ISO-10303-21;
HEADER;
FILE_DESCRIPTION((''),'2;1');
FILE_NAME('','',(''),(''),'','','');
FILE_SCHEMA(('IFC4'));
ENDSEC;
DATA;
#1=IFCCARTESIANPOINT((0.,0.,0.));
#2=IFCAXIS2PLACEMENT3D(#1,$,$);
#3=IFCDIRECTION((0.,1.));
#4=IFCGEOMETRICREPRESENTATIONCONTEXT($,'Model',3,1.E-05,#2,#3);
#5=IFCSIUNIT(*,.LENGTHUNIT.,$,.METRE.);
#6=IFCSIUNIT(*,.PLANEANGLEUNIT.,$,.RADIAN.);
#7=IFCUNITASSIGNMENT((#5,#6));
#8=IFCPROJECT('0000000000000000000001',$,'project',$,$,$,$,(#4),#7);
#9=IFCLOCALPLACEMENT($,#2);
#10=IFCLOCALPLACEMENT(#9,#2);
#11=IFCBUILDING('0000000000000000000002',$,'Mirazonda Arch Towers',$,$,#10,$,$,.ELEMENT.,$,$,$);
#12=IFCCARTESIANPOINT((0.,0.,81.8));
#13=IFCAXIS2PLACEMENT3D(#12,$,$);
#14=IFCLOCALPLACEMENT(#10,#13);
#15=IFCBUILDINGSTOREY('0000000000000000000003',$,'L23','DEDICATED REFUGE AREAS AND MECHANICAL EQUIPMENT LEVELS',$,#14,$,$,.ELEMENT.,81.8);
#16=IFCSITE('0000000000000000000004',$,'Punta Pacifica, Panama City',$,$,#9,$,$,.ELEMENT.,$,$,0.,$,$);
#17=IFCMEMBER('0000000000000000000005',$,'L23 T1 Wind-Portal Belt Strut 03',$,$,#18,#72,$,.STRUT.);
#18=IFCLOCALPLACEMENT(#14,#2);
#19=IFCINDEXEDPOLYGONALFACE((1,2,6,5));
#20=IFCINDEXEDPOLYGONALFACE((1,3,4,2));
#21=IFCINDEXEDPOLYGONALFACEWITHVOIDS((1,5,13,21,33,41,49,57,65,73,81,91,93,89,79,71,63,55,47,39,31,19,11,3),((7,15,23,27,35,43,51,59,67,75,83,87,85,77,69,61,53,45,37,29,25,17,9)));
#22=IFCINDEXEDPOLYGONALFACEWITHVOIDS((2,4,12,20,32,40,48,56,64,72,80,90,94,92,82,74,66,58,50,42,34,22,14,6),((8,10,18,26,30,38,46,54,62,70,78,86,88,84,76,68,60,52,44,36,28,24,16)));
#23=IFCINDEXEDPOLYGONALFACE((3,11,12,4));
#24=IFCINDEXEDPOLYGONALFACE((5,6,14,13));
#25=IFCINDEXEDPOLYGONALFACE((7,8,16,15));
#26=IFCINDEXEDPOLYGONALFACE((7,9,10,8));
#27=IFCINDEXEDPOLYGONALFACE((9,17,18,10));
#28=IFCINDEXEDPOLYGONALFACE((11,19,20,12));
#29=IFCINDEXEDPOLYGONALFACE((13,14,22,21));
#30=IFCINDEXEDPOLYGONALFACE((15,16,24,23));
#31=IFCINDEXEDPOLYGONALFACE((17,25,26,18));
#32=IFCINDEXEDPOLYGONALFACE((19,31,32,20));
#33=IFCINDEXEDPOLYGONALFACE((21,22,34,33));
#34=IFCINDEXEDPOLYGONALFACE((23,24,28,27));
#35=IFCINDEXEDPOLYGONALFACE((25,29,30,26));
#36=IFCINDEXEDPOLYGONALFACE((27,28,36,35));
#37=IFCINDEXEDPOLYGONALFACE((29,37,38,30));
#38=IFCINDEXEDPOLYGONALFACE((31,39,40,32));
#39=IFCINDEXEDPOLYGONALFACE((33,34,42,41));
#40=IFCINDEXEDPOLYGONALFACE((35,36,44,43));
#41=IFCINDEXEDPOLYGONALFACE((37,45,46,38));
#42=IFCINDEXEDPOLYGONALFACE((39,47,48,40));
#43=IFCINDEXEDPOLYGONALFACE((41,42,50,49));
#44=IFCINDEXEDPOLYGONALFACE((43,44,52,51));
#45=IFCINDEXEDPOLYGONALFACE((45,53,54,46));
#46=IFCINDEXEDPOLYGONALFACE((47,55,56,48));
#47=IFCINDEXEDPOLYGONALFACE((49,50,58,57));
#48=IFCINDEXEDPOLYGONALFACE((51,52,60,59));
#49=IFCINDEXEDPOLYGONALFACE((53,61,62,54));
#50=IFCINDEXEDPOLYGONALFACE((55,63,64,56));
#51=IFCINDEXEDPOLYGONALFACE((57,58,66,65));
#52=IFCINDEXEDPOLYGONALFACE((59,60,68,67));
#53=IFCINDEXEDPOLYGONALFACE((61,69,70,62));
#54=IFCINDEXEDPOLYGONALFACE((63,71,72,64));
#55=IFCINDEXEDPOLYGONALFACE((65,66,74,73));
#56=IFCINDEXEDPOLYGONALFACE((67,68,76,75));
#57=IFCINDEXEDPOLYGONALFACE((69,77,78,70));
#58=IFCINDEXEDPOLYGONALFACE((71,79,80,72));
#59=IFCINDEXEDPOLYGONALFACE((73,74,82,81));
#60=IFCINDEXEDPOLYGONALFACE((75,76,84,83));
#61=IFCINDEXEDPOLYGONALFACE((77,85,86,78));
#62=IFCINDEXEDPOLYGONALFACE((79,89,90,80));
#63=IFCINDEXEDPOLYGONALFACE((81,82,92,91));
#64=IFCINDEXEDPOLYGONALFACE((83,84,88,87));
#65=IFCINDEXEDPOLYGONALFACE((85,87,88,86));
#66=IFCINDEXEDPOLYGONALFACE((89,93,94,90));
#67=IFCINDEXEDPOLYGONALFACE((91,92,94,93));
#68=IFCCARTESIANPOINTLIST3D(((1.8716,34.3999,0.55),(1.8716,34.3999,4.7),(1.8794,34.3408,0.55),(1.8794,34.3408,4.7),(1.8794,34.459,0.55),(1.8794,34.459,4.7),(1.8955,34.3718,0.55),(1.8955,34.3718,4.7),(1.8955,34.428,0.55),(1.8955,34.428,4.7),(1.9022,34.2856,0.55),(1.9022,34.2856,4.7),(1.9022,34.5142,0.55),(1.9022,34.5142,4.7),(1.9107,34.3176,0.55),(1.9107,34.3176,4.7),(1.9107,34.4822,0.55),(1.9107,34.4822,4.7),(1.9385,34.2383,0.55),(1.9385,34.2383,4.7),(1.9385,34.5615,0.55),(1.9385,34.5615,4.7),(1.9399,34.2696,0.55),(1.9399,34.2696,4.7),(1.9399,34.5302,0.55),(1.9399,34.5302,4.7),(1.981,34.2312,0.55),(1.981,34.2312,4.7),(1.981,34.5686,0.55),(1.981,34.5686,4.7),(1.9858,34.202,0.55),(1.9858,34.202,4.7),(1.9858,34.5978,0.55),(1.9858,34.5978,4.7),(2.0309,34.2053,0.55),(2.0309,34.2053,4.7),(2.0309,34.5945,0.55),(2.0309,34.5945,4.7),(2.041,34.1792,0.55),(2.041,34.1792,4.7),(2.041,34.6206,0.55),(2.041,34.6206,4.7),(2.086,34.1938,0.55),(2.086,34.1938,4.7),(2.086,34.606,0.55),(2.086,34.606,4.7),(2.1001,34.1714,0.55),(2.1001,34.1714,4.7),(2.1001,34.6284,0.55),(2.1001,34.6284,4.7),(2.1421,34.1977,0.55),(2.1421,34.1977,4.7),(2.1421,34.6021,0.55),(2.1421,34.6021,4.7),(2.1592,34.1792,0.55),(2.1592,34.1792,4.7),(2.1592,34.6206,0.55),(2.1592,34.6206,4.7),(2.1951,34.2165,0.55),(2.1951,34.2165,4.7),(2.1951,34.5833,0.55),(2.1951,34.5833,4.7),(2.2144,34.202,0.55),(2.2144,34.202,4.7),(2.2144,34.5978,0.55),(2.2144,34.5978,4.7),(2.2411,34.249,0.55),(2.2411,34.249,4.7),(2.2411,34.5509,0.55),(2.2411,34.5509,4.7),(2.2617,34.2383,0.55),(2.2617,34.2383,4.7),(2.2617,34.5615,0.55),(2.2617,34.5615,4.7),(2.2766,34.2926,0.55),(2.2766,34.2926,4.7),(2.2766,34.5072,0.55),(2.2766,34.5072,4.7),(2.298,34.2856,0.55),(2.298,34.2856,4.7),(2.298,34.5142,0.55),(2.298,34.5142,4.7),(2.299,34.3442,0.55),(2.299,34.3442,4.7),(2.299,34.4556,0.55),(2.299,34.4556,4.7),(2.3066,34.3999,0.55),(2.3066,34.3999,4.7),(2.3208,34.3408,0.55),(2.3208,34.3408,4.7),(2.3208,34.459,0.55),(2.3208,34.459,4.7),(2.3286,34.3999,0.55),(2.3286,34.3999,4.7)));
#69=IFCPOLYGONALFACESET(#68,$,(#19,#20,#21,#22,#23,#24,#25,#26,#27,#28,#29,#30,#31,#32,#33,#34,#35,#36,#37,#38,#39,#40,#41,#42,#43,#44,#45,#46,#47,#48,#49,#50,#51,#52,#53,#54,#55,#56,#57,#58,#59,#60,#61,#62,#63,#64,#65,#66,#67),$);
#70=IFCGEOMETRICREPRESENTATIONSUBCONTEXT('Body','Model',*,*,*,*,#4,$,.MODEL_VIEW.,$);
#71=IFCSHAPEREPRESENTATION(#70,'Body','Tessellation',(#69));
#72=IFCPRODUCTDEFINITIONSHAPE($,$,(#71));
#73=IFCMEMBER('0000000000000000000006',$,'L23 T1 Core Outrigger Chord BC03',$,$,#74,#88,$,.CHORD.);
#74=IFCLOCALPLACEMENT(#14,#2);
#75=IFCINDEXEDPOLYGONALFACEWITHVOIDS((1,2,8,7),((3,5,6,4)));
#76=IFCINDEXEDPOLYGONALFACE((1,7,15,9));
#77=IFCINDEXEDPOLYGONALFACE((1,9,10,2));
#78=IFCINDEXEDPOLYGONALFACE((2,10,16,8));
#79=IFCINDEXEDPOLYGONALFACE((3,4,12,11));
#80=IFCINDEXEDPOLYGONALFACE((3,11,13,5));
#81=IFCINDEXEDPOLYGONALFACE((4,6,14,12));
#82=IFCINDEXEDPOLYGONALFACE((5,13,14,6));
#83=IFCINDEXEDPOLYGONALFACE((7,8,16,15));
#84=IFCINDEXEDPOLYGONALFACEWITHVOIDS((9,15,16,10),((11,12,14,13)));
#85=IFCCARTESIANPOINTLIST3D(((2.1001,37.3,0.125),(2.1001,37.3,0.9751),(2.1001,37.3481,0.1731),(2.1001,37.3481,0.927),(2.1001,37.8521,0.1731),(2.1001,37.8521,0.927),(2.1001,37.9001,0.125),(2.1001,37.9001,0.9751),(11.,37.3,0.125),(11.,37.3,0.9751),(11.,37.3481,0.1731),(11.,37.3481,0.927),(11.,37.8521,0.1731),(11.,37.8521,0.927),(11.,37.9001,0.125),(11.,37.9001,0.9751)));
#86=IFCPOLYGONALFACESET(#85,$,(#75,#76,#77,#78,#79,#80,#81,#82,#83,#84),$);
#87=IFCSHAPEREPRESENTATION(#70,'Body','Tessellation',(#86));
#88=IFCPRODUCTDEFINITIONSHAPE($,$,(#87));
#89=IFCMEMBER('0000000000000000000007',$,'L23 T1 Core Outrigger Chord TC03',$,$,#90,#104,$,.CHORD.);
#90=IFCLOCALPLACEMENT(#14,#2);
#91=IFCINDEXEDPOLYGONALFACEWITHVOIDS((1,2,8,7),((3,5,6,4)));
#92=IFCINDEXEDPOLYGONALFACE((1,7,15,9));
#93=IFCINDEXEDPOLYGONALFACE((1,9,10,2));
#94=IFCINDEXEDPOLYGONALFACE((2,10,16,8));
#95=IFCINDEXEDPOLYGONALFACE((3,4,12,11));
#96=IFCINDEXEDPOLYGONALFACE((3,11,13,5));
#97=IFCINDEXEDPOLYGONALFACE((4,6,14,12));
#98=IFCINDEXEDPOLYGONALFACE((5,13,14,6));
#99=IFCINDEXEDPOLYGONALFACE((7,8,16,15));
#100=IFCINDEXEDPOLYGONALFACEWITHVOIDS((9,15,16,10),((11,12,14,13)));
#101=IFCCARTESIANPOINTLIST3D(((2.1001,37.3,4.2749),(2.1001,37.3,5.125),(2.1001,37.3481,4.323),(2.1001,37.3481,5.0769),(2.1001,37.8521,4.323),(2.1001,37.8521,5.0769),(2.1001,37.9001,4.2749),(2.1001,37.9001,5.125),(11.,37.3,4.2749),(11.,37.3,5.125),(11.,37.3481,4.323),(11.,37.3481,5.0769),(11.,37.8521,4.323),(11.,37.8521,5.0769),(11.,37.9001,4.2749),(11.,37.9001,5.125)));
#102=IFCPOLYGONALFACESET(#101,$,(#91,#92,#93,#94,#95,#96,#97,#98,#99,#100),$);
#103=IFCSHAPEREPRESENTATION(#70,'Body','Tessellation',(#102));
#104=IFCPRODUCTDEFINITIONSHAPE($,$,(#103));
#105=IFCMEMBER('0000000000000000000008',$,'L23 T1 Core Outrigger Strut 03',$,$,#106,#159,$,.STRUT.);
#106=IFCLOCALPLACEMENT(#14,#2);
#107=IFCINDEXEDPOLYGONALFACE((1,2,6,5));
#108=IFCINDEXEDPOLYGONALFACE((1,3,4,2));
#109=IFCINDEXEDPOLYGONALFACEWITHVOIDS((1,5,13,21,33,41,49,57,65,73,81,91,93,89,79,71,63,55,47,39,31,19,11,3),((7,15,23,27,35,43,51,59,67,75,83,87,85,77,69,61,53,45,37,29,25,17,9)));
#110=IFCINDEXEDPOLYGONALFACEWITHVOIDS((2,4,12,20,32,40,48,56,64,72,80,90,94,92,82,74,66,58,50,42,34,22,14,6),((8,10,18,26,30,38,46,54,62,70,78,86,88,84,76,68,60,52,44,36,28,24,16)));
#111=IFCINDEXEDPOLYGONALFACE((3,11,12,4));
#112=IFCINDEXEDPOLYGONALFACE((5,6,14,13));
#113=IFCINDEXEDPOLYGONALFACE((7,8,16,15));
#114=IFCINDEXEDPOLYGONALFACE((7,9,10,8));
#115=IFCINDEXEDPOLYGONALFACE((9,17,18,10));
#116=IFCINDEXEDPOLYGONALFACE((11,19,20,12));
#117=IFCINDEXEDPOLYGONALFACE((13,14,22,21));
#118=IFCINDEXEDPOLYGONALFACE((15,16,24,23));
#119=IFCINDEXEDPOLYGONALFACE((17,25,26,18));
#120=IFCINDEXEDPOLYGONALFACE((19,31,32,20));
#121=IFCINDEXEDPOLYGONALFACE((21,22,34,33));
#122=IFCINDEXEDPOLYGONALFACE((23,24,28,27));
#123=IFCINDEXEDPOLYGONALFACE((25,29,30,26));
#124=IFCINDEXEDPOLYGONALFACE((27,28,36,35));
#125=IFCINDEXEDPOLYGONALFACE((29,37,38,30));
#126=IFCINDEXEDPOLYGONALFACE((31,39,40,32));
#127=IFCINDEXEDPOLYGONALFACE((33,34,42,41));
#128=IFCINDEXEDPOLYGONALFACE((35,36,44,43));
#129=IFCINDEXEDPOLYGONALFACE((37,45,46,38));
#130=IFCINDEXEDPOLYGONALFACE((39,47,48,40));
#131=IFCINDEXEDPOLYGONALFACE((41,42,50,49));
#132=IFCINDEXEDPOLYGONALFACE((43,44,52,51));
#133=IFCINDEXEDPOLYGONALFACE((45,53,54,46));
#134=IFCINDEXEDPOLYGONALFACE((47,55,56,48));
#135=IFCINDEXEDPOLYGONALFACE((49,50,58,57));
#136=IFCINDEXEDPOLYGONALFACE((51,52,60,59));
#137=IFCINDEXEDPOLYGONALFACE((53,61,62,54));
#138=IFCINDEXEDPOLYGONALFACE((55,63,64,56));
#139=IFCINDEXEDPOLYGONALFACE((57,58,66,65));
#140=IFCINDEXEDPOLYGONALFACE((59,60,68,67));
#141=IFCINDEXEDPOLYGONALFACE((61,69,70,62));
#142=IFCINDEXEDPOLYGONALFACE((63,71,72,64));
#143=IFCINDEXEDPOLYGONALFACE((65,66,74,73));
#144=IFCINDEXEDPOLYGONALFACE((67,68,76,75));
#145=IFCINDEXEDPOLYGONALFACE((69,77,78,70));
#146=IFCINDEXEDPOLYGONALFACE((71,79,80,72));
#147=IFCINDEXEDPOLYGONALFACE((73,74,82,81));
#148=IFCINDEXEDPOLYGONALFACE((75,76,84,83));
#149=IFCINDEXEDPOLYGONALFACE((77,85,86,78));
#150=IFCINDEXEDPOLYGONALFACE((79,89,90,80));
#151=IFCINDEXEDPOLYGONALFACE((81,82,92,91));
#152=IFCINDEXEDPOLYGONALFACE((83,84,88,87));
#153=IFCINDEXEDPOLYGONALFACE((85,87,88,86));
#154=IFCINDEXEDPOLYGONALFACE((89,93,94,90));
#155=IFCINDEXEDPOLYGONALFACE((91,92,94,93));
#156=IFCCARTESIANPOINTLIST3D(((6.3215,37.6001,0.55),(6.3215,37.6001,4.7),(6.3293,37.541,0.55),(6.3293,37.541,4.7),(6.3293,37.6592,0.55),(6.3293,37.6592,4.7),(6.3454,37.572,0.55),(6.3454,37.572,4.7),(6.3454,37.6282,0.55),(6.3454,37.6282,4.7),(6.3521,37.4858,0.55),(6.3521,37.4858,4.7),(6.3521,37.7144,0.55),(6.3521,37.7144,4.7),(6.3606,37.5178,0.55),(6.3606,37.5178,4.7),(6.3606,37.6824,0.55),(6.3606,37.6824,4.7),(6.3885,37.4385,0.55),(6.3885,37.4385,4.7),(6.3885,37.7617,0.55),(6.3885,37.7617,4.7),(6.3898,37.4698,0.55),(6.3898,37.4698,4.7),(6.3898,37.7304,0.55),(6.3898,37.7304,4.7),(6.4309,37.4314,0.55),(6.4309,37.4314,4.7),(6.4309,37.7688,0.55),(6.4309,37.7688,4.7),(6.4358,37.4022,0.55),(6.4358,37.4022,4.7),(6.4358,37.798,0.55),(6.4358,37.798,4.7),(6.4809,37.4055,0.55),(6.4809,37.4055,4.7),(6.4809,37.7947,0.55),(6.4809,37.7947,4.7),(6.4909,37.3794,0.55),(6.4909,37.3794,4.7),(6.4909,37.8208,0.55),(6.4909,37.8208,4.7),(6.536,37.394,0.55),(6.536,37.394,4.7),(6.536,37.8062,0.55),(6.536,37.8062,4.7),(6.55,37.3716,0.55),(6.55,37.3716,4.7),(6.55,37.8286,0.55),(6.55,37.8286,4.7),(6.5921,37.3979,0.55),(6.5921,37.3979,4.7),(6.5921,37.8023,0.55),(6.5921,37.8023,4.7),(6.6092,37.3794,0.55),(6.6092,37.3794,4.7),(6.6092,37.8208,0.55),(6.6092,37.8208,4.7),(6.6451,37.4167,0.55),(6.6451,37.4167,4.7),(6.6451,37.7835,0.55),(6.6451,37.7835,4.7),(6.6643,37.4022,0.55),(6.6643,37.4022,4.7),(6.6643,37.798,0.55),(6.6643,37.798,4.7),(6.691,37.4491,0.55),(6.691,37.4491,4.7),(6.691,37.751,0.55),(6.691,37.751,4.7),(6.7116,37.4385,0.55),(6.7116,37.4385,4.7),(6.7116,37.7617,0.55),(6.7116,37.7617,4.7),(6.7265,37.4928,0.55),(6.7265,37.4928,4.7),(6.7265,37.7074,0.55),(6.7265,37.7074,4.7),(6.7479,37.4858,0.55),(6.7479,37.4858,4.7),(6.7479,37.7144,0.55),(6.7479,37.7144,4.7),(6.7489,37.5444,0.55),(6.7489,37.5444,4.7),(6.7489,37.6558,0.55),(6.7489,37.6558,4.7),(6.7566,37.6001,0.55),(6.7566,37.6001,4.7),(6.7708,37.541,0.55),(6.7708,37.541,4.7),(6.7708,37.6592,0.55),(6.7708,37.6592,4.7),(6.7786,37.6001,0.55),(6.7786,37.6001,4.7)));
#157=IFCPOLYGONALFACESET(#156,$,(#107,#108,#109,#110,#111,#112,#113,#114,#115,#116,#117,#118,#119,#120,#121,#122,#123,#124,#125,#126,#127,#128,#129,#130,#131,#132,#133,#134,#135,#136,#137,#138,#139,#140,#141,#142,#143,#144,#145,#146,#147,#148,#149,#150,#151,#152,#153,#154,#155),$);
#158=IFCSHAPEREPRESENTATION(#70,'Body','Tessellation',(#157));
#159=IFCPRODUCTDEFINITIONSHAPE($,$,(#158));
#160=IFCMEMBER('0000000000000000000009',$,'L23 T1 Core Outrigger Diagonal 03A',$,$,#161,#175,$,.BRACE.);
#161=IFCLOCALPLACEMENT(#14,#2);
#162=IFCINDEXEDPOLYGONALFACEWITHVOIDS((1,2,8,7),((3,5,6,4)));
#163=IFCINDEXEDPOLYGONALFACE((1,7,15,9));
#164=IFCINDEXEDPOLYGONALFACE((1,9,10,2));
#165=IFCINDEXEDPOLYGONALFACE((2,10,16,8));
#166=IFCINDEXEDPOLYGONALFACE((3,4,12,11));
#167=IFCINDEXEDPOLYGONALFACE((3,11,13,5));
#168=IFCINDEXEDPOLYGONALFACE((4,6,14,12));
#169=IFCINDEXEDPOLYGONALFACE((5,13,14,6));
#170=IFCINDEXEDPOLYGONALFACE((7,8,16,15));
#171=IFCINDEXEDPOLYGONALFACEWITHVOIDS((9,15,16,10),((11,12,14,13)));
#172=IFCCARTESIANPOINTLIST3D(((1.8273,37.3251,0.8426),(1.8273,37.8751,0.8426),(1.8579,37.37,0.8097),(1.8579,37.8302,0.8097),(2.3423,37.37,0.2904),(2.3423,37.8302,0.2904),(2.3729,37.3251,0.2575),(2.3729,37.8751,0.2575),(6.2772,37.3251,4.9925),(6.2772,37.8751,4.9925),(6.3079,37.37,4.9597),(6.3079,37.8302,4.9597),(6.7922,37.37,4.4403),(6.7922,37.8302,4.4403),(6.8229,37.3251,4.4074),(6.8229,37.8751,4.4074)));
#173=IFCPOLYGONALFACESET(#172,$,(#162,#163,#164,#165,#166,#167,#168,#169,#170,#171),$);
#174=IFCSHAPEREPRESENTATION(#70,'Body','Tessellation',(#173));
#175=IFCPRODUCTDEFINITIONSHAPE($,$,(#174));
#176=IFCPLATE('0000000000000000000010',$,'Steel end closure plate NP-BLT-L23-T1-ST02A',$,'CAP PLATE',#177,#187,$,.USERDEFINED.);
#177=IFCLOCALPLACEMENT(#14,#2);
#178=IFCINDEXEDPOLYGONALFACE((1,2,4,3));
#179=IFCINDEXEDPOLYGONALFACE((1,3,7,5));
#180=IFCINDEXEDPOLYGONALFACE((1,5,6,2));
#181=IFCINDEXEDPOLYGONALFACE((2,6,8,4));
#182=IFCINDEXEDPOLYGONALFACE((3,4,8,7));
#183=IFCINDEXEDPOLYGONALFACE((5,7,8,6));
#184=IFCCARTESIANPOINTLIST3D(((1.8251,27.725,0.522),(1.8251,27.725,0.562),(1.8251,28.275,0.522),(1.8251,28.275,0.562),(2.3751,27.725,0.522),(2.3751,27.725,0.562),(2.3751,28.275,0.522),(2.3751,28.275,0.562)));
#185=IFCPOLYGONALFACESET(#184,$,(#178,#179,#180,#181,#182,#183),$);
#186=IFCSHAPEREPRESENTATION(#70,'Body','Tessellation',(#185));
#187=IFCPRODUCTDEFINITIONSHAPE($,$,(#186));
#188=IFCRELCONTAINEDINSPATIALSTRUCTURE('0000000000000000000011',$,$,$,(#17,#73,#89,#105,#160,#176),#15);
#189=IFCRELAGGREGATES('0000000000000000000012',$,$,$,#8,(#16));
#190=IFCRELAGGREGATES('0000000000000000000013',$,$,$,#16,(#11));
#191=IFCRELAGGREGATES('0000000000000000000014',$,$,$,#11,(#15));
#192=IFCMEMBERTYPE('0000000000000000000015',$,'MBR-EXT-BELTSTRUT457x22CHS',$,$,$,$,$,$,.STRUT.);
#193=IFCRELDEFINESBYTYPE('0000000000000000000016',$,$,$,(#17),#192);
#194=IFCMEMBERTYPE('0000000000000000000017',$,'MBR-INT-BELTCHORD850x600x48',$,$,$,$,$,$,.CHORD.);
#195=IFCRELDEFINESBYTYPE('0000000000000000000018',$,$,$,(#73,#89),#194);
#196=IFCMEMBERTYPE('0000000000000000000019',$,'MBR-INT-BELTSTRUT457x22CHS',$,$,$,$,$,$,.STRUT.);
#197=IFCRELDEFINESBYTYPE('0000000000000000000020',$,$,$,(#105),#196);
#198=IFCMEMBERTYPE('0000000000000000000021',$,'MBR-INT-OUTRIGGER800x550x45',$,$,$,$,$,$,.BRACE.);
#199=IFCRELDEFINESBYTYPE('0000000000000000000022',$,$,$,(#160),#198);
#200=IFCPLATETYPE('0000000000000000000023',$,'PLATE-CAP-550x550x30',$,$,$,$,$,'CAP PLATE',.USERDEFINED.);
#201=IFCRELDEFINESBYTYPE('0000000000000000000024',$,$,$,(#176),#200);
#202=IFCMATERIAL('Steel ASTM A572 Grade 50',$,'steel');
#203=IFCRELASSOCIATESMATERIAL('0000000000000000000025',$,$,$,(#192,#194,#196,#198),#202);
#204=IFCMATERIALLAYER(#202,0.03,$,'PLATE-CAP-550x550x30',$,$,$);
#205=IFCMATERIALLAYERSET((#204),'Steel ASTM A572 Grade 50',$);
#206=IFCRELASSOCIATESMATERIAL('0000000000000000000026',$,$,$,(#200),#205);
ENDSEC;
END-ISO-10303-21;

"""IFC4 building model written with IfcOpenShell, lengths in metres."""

from ifc_helpers import new_model, si_unit, direction, frame, origin, origin_2d, place, context, subcontext, project, spatial, rectangle, hollow_rectangle, hollow_circle, extrude, material, layer, layer_set, material_profile, profile_set, type_object, element, save


model = new_model("IFC4")

# Units and contexts
model_context = context("Model", 3, precision=1e-05, world=origin(), true_north=direction((0.0, 1.0)))
body_context = subcontext(model_context, "Body", "Model", "MODEL_VIEW")
ifc_project = project(units=[si_unit("LENGTHUNIT", "METRE"), si_unit("PLANEANGLEUNIT", "RADIAN")], contexts=[model_context])

# Site, building, storey
site_placement = place(None, origin())
site = spatial("IfcSite", under=ifc_project, at=site_placement, Name="Punta Pacifica, Panama City", CompositionType="ELEMENT", RefElevation=0.0)
building_placement = place(site_placement, origin())
building = spatial("IfcBuilding", under=site, at=building_placement, Name="Mirazonda Arch Towers", CompositionType="ELEMENT")
storey_placement = place(building_placement, frame((0.0, 0.0, 81.8)))
storey = spatial("IfcBuildingStorey", under=building, at=storey_placement, Name="L23", Description="DEDICATED REFUGE AREAS AND MECHANICAL EQUIPMENT LEVELS", CompositionType="ELEMENT", Elevation=81.8)

# Shared definitions
ifc_material_1 = material(Name="Steel ASTM A572 Grade 50", Category="steel")

# Members
ifc_material_profile_1 = material_profile(ifc_material_1, hollow_circle(Radius=0.2285, WallThickness=0.022, at=origin_2d()), Name="BELTSTRUT457x22CHS")
ifc_profile_set_1 = profile_set([ifc_material_profile_1], Name="Steel ASTM A572 Grade 50")
member_type_1 = type_object("IfcMemberType", Name="MBR-EXT-BELTSTRUT457x22CHS", PredefinedType="STRUT", material=ifc_profile_set_1)
for number, where, z_axis, x_axis, name in (
    (1, (2.1001, 34.3999, 0.55), (0.0, 0.0, 1.0), (1.0, 0.0, 0.0), "L23 T1 Wind-Portal Belt Strut 03"),
):
    element("IfcMember", number, at=place(storey_placement, frame(where, z_axis=z_axis, x_axis=x_axis)), inside=storey, type_object=member_type_1, Name=name, PredefinedType="STRUT", context=body_context, shape_type="SweptSolid", body=[
        extrude(hollow_circle(Radius=0.2285, WallThickness=0.022, at=origin_2d()), origin(), (0.0, 0.0, 1.0), 4.1499),
    ])
ifc_material_profile_2 = material_profile(ifc_material_1, hollow_rectangle(XDim=0.6001, YDim=0.8501, WallThickness=0.0481, at=origin_2d()), Name="BELTCHORD850x600x48")
ifc_profile_set_2 = profile_set([ifc_material_profile_2], Name="Steel ASTM A572 Grade 50")
member_type_2 = type_object("IfcMemberType", Name="MBR-INT-BELTCHORD850x600x48", PredefinedType="CHORD", material=ifc_profile_set_2)
for number, where, z_axis, x_axis, name in (
    (2, (2.1001, 37.6001, 0.55), (1.0, 0.0, 0.0), (0.0, 1.0, 0.0), "L23 T1 Core Outrigger Chord BC03"),
    (3, (2.1001, 37.6001, 4.7), (1.0, 0.0, 0.0), (0.0, 1.0, 0.0), "L23 T1 Core Outrigger Chord TC03"),
):
    element("IfcMember", number, at=place(storey_placement, frame(where, z_axis=z_axis, x_axis=x_axis)), inside=storey, type_object=member_type_2, Name=name, PredefinedType="CHORD", context=body_context, shape_type="SweptSolid", body=[
        extrude(hollow_rectangle(XDim=0.6001, YDim=0.8501, WallThickness=0.0481, at=origin_2d()), origin(), (0.0, 0.0, 1.0), 8.8999),
    ])
ifc_material_profile_3 = material_profile(ifc_material_1, hollow_circle(Radius=0.2285, WallThickness=0.022, at=origin_2d()), Name="BELTSTRUT457x22CHS")
ifc_profile_set_3 = profile_set([ifc_material_profile_3], Name="Steel ASTM A572 Grade 50")
member_type_3 = type_object("IfcMemberType", Name="MBR-INT-BELTSTRUT457x22CHS", PredefinedType="STRUT", material=ifc_profile_set_3)
member_1_placement = place(storey_placement, frame((6.55, 37.6001, 0.55), z_axis=(0.0, 0.0, 1.0), x_axis=(1.0, 0.0, 0.0)))
element("IfcMember", 4, at=member_1_placement, inside=storey, type_object=member_type_3, Name="L23 T1 Core Outrigger Strut 03", PredefinedType="STRUT", context=body_context, shape_type="SweptSolid", body=[
    extrude(hollow_circle(Radius=0.2285, WallThickness=0.022, at=origin_2d()), origin(), (0.0, 0.0, 1.0), 4.1499),
])
ifc_material_profile_4 = material_profile(ifc_material_1, hollow_rectangle(XDim=0.55, YDim=0.8, WallThickness=0.0449, at=origin_2d()), Name="OUTRIGGER800x550x45")
ifc_profile_set_4 = profile_set([ifc_material_profile_4], Name="Steel ASTM A572 Grade 50")
member_type_4 = type_object("IfcMemberType", Name="MBR-INT-OUTRIGGER800x550x45", PredefinedType="BRACE", material=ifc_profile_set_4)
member_2_placement = place(storey_placement, frame((2.1001, 37.6001, 0.55), z_axis=(0.731333, 0.0, 0.682021), x_axis=(0.0, 1.0, 0.0)))
element("IfcMember", 5, at=member_2_placement, inside=storey, type_object=member_type_4, Name="L23 T1 Core Outrigger Diagonal 03A", PredefinedType="BRACE", context=body_context, shape_type="SweptSolid", body=[
    extrude(hollow_rectangle(XDim=0.55, YDim=0.8, WallThickness=0.0449, at=origin_2d()), origin(), (0.0, 0.0, 1.0), 6.0847),
])

# Plate
ifc_layer_1 = layer(ifc_material_1, 0.03, Name="PLATE-CAP-550x550x30")
ifc_layer_set_1 = layer_set([ifc_layer_1], Name="Steel ASTM A572 Grade 50")
plate_type_1 = type_object("IfcPlateType", Name="PLATE-CAP-550x550x30", ElementType="CAP PLATE", PredefinedType="USERDEFINED", material=ifc_layer_set_1)
for number, where, z_axis, x_axis, name in (
    (6, (2.1001, 28.0, 0.522), (0.0, 0.0, 1.0), (1.0, 0.0, 0.0), "Steel end closure plate NP-BLT-L23-T1-ST02A"),
):
    element("IfcPlate", number, at=place(storey_placement, frame(where, z_axis=z_axis, x_axis=x_axis)), inside=storey, type_object=plate_type_1, Name=name, ObjectType="CAP PLATE", PredefinedType="USERDEFINED", context=body_context, shape_type="SweptSolid", body=[
        extrude(rectangle(XDim=0.55, YDim=0.55, at=origin_2d()), origin(), (0.0, 0.0, 1.0), 0.04),
    ])

save(model, "model.ifc")
